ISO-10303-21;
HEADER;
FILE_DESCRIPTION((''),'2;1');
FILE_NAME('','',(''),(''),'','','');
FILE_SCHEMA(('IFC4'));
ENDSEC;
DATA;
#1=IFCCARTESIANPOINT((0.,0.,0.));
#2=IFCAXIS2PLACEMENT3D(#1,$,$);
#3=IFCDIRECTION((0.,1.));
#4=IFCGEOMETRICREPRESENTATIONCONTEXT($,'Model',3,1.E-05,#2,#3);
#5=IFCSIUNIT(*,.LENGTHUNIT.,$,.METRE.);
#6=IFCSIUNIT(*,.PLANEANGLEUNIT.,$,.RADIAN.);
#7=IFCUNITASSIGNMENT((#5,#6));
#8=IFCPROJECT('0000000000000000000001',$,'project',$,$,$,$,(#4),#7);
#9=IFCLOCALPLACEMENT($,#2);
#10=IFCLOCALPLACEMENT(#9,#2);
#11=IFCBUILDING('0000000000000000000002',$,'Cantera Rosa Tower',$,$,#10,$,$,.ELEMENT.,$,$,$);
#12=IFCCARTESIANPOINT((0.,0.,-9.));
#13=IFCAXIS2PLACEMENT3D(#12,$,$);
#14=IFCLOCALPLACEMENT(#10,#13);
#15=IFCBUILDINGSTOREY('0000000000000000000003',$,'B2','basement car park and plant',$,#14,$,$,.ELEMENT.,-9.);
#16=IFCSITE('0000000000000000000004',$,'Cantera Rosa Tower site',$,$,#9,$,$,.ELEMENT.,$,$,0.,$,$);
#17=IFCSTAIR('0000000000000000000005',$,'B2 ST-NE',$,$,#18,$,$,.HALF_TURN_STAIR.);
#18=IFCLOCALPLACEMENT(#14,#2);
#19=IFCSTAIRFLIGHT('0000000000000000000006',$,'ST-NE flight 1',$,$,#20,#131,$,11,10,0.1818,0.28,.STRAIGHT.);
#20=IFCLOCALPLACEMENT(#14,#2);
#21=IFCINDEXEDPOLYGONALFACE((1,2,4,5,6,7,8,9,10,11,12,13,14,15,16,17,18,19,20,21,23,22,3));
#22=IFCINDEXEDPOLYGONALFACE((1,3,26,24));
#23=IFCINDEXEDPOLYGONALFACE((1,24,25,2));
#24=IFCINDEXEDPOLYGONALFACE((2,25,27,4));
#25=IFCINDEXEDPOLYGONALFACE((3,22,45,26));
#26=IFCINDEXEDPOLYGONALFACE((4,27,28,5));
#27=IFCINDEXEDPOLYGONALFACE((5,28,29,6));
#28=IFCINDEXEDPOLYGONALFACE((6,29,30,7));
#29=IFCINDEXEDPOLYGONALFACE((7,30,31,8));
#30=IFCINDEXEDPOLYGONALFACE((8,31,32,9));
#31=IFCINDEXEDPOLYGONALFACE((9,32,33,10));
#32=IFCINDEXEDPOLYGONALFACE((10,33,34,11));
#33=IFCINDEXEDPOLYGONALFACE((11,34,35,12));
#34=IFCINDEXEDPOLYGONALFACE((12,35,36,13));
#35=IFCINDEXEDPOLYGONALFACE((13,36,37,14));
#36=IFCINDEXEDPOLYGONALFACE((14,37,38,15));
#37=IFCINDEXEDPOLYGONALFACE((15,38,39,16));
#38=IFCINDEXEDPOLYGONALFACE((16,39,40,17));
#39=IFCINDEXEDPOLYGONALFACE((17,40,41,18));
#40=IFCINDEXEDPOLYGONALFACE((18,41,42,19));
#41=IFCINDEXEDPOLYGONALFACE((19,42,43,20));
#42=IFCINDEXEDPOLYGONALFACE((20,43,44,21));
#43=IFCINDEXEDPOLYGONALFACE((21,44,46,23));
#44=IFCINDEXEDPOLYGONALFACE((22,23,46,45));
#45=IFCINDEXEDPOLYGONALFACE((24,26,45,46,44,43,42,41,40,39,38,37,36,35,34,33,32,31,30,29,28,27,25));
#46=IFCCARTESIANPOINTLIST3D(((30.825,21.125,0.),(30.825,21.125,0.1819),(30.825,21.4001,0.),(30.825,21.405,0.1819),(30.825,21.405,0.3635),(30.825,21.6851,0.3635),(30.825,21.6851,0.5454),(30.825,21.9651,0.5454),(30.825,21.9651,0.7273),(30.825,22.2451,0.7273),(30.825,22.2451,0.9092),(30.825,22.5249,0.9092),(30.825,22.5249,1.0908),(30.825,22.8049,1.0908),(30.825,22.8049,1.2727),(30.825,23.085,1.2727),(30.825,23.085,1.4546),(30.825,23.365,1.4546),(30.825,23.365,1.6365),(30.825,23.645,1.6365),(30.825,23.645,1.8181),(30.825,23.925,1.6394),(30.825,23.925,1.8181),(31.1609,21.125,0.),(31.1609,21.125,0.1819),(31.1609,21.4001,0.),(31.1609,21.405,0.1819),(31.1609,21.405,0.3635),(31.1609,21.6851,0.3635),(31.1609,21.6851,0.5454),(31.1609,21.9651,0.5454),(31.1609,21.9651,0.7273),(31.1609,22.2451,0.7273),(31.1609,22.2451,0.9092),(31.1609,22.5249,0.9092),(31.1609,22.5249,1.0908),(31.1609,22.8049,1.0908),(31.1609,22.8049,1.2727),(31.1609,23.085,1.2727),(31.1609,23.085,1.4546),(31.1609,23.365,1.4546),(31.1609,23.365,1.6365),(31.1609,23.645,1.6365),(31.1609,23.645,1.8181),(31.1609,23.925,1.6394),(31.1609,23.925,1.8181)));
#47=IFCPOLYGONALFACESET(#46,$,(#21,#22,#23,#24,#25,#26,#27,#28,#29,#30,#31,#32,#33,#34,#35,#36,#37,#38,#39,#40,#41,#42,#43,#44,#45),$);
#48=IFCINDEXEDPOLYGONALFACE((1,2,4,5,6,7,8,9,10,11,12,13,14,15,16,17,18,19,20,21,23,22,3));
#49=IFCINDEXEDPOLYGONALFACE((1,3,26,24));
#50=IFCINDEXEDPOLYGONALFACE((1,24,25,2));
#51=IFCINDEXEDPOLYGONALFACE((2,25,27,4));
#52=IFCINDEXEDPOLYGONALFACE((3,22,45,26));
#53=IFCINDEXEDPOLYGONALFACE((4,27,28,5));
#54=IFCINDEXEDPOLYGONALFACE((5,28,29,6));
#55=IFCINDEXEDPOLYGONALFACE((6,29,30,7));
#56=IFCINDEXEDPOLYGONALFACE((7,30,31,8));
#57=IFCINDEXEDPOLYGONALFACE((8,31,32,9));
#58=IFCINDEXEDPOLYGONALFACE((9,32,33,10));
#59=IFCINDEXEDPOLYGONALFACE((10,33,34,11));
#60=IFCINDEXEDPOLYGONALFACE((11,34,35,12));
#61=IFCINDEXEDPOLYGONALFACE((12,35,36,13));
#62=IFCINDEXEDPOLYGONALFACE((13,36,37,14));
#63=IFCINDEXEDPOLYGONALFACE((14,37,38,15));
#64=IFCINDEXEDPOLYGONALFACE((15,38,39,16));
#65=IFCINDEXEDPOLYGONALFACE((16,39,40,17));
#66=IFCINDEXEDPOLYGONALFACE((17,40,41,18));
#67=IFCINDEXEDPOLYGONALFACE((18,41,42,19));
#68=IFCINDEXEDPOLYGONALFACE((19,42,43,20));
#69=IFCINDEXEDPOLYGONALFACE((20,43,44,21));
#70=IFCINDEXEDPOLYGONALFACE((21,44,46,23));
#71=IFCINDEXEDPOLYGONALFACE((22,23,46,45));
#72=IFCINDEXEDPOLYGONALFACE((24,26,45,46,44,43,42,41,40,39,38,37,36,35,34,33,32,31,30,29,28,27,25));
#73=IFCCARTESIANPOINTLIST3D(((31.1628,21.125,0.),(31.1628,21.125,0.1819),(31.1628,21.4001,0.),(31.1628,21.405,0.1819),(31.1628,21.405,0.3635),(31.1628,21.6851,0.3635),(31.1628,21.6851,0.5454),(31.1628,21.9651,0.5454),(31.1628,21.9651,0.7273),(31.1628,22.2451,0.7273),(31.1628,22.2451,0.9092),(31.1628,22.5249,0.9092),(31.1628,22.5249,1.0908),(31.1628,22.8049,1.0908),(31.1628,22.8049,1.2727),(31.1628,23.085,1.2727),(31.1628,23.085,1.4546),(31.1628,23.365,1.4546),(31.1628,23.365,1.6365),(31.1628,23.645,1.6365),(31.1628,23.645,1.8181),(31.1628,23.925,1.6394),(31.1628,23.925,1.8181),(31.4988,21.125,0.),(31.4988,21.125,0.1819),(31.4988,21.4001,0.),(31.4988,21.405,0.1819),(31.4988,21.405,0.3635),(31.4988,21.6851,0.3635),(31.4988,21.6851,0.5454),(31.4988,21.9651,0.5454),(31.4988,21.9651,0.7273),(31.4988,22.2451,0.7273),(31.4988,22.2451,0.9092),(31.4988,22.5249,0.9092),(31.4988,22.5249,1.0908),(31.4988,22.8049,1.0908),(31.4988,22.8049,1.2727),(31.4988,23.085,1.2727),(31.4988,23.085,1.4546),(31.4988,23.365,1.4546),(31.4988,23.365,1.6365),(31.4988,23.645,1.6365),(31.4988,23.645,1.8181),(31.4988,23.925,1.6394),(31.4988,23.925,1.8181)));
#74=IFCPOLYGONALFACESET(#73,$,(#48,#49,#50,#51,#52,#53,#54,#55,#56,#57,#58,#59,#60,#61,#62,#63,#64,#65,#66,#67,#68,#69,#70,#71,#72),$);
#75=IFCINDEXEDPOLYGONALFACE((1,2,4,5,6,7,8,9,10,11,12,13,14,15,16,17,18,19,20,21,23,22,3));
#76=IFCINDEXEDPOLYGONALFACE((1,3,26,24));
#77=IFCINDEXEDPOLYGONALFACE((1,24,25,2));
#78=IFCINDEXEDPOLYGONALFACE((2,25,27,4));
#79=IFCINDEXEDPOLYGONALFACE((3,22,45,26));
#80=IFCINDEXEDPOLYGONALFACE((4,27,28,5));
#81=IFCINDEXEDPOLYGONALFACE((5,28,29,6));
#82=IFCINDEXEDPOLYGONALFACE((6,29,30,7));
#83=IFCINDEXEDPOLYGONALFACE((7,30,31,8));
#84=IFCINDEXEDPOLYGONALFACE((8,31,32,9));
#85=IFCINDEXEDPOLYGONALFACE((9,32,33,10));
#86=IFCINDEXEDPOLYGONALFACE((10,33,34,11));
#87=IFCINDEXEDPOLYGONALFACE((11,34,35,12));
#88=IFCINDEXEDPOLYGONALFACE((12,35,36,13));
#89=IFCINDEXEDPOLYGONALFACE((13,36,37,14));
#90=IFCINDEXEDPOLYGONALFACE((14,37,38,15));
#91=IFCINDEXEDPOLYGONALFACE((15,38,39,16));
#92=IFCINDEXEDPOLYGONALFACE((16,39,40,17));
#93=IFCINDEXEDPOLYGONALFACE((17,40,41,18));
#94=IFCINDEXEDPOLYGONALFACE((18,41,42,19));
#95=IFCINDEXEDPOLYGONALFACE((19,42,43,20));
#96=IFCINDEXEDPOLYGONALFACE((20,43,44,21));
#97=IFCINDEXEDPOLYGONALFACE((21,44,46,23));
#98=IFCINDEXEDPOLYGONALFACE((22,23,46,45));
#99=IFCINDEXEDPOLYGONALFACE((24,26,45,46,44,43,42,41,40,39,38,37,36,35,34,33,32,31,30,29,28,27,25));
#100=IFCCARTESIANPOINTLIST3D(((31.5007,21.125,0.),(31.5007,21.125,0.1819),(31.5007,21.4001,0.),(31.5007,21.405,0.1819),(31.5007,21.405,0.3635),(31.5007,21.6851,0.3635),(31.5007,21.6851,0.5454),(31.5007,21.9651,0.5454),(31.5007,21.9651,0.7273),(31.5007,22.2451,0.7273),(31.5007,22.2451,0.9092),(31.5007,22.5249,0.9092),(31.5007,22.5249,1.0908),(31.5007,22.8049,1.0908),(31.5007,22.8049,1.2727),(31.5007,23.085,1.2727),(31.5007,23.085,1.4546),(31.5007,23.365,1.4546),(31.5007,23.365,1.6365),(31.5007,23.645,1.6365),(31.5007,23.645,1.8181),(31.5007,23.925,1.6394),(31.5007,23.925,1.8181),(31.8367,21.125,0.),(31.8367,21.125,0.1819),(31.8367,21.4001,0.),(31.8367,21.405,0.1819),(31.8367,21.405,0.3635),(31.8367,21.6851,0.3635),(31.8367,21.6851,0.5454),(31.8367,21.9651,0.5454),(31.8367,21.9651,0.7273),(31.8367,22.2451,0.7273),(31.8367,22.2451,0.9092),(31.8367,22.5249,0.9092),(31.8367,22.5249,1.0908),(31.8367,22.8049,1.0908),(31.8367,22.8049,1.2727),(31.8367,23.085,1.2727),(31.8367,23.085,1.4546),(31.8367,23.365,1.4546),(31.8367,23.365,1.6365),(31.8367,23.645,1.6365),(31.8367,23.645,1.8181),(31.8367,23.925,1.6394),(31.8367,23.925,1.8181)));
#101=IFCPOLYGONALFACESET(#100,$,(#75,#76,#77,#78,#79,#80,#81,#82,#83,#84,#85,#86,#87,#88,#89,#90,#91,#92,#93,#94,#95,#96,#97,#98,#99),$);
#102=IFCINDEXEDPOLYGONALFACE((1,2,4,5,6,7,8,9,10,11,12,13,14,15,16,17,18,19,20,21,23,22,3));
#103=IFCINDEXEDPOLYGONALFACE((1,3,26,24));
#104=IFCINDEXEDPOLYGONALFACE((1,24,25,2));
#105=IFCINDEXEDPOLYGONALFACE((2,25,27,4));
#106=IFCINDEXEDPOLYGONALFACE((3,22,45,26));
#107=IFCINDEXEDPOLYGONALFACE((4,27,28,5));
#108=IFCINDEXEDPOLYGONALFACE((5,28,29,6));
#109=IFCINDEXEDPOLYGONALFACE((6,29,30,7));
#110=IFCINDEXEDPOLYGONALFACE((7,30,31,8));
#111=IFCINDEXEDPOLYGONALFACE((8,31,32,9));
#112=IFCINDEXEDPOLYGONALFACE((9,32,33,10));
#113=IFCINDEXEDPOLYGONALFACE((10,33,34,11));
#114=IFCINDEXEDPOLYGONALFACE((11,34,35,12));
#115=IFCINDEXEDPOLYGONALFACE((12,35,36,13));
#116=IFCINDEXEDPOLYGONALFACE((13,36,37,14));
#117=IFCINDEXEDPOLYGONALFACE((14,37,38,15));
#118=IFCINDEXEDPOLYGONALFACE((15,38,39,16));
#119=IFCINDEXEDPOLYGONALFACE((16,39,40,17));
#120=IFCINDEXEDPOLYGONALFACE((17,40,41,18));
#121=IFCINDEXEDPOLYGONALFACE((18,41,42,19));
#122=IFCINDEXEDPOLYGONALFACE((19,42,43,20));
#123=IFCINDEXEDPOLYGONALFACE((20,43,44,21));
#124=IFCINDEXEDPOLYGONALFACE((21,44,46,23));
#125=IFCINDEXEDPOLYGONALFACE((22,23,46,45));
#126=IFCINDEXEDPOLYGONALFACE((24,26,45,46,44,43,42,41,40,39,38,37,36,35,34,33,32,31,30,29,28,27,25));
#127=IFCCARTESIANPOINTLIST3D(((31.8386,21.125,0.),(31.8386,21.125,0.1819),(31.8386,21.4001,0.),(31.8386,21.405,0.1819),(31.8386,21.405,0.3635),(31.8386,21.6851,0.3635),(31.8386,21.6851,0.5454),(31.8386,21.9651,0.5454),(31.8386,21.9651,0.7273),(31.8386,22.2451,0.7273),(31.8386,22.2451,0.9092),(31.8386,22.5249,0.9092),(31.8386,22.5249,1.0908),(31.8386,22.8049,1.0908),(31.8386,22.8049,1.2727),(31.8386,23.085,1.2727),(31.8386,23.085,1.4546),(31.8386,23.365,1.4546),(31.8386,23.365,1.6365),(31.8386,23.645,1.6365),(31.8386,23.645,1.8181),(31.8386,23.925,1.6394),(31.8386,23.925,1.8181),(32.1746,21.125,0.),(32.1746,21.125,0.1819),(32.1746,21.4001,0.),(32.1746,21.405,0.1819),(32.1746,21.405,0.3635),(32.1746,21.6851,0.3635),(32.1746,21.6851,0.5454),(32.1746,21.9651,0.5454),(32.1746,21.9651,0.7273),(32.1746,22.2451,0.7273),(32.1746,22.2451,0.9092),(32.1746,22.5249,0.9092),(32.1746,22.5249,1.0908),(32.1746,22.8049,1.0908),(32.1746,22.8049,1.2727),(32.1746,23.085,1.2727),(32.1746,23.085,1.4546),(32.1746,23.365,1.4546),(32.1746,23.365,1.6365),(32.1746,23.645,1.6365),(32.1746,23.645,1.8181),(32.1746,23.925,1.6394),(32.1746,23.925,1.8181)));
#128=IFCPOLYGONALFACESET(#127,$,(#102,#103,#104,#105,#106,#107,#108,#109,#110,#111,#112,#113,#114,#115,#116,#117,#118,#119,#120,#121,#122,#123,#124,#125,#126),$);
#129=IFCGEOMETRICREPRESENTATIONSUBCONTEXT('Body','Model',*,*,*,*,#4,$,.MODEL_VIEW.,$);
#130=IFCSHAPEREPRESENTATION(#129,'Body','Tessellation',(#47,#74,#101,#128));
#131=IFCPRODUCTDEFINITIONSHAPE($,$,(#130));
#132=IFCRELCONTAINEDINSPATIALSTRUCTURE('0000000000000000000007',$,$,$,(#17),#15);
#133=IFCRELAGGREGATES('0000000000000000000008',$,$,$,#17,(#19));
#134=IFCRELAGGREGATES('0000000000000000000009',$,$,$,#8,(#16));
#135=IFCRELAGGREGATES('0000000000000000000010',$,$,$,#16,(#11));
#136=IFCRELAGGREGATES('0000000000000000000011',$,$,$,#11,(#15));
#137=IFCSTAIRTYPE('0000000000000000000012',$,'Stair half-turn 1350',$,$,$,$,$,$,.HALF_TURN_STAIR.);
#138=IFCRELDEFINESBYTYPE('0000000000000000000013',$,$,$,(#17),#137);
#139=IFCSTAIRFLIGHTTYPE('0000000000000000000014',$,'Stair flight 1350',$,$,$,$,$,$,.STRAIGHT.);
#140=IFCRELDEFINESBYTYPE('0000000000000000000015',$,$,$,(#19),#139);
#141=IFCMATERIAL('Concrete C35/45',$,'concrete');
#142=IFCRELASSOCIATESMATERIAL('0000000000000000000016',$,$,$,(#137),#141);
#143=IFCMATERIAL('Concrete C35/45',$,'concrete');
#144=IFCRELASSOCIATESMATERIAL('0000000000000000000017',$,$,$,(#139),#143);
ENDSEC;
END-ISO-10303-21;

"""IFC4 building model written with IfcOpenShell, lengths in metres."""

from ifc_helpers import new_model, si_unit, direction, frame, origin, place, context, subcontext, project, spatial, polyline, outline, extrude, material, type_object, element, aggregate, save


model = new_model("IFC4")

# Units and contexts
model_context = context("Model", 3, precision=1e-05, world=origin(), true_north=direction((0.0, 1.0)))
body_context = subcontext(model_context, "Body", "Model", "MODEL_VIEW")
ifc_project = project(units=[si_unit("LENGTHUNIT", "METRE"), si_unit("PLANEANGLEUNIT", "RADIAN")], contexts=[model_context])

# Site, building, storey
site_placement = place(None, origin())
site = spatial("IfcSite", under=ifc_project, at=site_placement, Name="Cantera Rosa Tower site", CompositionType="ELEMENT", RefElevation=0.0)
building_placement = place(site_placement, origin())
building = spatial("IfcBuilding", under=site, at=building_placement, Name="Cantera Rosa Tower", CompositionType="ELEMENT")
storey_placement = place(building_placement, frame((0.0, 0.0, -9.0)))
storey = spatial("IfcBuildingStorey", under=building, at=storey_placement, Name="B2", Description="basement car park and plant", CompositionType="ELEMENT", Elevation=-9.0)

# Stair, stair flight
ifc_material_1 = material(Name="Concrete C35/45", Category="concrete")
stair_type = type_object("IfcStairType", Name="Stair half-turn 1350", PredefinedType="HALF_TURN_STAIR", material=ifc_material_1)
stair_placement = place(storey_placement, origin())
stair = element("IfcStair", 1, at=stair_placement, inside=storey, type_object=stair_type, Name="B2 ST-NE", PredefinedType="HALF_TURN_STAIR")
ifc_material_2 = material(Name="Concrete C35/45", Category="concrete")
stair_flight_type = type_object("IfcStairFlightType", Name="Stair flight 1350", PredefinedType="STRAIGHT", material=ifc_material_2)
stair_flight_1_placement = place(storey_placement, frame((31.5, 21.125, 0.0), z_axis=(0.0, 0.0, 1.0), x_axis=(0.0, 1.0, 0.0)))
stair_flight_1 = element("IfcStairFlight", 2, at=stair_flight_1_placement, type_object=stair_flight_type, Name="ST-NE flight 1", NumberOfRisers=11, NumberOfTreads=10, PredefinedType="STRAIGHT", RiserHeight=0.1818, TreadLength=0.28, context=body_context, shape_type="SweptSolid", body=[
    extrude(outline(polyline([(0.0, 0.0), (0.0, 0.1819), (0.28, 0.1819), (0.28, 0.3635), (0.5601, 0.3635), (0.5601, 0.5454), (0.8401, 0.5454), (0.8401, 0.7273), (1.1201, 0.7273), (1.1201, 0.9092), (1.3999, 0.9092), (1.3999, 1.0908), (1.6799, 1.0908), (1.6799, 1.2727), (1.96, 1.2727), (1.96, 1.4546), (2.24, 1.4546), (2.24, 1.6365), (2.52, 1.6365), (2.52, 1.8181), (2.8, 1.8181), (2.8, 2.0), (2.8, 1.6394), (0.2751, 0.0), (0.0, 0.0)])), frame((0.0, 0.675, 0.0), z_axis=(0.0, -1.0, 0.0), x_axis=(1.0, 0.0, 0.0)), (0.0, 0.0, 1.0), 0.3359),
    extrude(outline(polyline([(0.0, 0.0), (0.0, 0.1819), (0.28, 0.1819), (0.28, 0.3635), (0.5601, 0.3635), (0.5601, 0.5454), (0.8401, 0.5454), (0.8401, 0.7273), (1.1201, 0.7273), (1.1201, 0.9092), (1.3999, 0.9092), (1.3999, 1.0908), (1.6799, 1.0908), (1.6799, 1.2727), (1.96, 1.2727), (1.96, 1.4546), (2.24, 1.4546), (2.24, 1.6365), (2.52, 1.6365), (2.52, 1.8181), (2.8, 1.8181), (2.8, 2.0), (2.8, 1.6394), (0.2751, 0.0), (0.0, 0.0)])), frame((0.0, 0.3372, 0.0), z_axis=(0.0, -1.0, 0.0), x_axis=(1.0, 0.0, 0.0)), (0.0, 0.0, 1.0), 0.3359),
    extrude(outline(polyline([(0.0, 0.0), (0.0, 0.1819), (0.28, 0.1819), (0.28, 0.3635), (0.5601, 0.3635), (0.5601, 0.5454), (0.8401, 0.5454), (0.8401, 0.7273), (1.1201, 0.7273), (1.1201, 0.9092), (1.3999, 0.9092), (1.3999, 1.0908), (1.6799, 1.0908), (1.6799, 1.2727), (1.96, 1.2727), (1.96, 1.4546), (2.24, 1.4546), (2.24, 1.6365), (2.52, 1.6365), (2.52, 1.8181), (2.8, 1.8181), (2.8, 2.0), (2.8, 1.6394), (0.2751, 0.0), (0.0, 0.0)])), frame((0.0, -0.0007, 0.0), z_axis=(0.0, -1.0, 0.0), x_axis=(1.0, 0.0, 0.0)), (0.0, 0.0, 1.0), 0.3359),
    extrude(outline(polyline([(0.0, 0.0), (0.0, 0.1819), (0.28, 0.1819), (0.28, 0.3635), (0.5601, 0.3635), (0.5601, 0.5454), (0.8401, 0.5454), (0.8401, 0.7273), (1.1201, 0.7273), (1.1201, 0.9092), (1.3999, 0.9092), (1.3999, 1.0908), (1.6799, 1.0908), (1.6799, 1.2727), (1.96, 1.2727), (1.96, 1.4546), (2.24, 1.4546), (2.24, 1.6365), (2.52, 1.6365), (2.52, 1.8181), (2.8, 1.8181), (2.8, 2.0), (2.8, 1.6394), (0.2751, 0.0), (0.0, 0.0)])), frame((0.0, -0.3386, 0.0), z_axis=(0.0, -1.0, 0.0), x_axis=(1.0, 0.0, 0.0)), (0.0, 0.0, 1.0), 0.3359),
])
aggregate(stair, [stair_flight_1])

save(model, "model.ifc")
